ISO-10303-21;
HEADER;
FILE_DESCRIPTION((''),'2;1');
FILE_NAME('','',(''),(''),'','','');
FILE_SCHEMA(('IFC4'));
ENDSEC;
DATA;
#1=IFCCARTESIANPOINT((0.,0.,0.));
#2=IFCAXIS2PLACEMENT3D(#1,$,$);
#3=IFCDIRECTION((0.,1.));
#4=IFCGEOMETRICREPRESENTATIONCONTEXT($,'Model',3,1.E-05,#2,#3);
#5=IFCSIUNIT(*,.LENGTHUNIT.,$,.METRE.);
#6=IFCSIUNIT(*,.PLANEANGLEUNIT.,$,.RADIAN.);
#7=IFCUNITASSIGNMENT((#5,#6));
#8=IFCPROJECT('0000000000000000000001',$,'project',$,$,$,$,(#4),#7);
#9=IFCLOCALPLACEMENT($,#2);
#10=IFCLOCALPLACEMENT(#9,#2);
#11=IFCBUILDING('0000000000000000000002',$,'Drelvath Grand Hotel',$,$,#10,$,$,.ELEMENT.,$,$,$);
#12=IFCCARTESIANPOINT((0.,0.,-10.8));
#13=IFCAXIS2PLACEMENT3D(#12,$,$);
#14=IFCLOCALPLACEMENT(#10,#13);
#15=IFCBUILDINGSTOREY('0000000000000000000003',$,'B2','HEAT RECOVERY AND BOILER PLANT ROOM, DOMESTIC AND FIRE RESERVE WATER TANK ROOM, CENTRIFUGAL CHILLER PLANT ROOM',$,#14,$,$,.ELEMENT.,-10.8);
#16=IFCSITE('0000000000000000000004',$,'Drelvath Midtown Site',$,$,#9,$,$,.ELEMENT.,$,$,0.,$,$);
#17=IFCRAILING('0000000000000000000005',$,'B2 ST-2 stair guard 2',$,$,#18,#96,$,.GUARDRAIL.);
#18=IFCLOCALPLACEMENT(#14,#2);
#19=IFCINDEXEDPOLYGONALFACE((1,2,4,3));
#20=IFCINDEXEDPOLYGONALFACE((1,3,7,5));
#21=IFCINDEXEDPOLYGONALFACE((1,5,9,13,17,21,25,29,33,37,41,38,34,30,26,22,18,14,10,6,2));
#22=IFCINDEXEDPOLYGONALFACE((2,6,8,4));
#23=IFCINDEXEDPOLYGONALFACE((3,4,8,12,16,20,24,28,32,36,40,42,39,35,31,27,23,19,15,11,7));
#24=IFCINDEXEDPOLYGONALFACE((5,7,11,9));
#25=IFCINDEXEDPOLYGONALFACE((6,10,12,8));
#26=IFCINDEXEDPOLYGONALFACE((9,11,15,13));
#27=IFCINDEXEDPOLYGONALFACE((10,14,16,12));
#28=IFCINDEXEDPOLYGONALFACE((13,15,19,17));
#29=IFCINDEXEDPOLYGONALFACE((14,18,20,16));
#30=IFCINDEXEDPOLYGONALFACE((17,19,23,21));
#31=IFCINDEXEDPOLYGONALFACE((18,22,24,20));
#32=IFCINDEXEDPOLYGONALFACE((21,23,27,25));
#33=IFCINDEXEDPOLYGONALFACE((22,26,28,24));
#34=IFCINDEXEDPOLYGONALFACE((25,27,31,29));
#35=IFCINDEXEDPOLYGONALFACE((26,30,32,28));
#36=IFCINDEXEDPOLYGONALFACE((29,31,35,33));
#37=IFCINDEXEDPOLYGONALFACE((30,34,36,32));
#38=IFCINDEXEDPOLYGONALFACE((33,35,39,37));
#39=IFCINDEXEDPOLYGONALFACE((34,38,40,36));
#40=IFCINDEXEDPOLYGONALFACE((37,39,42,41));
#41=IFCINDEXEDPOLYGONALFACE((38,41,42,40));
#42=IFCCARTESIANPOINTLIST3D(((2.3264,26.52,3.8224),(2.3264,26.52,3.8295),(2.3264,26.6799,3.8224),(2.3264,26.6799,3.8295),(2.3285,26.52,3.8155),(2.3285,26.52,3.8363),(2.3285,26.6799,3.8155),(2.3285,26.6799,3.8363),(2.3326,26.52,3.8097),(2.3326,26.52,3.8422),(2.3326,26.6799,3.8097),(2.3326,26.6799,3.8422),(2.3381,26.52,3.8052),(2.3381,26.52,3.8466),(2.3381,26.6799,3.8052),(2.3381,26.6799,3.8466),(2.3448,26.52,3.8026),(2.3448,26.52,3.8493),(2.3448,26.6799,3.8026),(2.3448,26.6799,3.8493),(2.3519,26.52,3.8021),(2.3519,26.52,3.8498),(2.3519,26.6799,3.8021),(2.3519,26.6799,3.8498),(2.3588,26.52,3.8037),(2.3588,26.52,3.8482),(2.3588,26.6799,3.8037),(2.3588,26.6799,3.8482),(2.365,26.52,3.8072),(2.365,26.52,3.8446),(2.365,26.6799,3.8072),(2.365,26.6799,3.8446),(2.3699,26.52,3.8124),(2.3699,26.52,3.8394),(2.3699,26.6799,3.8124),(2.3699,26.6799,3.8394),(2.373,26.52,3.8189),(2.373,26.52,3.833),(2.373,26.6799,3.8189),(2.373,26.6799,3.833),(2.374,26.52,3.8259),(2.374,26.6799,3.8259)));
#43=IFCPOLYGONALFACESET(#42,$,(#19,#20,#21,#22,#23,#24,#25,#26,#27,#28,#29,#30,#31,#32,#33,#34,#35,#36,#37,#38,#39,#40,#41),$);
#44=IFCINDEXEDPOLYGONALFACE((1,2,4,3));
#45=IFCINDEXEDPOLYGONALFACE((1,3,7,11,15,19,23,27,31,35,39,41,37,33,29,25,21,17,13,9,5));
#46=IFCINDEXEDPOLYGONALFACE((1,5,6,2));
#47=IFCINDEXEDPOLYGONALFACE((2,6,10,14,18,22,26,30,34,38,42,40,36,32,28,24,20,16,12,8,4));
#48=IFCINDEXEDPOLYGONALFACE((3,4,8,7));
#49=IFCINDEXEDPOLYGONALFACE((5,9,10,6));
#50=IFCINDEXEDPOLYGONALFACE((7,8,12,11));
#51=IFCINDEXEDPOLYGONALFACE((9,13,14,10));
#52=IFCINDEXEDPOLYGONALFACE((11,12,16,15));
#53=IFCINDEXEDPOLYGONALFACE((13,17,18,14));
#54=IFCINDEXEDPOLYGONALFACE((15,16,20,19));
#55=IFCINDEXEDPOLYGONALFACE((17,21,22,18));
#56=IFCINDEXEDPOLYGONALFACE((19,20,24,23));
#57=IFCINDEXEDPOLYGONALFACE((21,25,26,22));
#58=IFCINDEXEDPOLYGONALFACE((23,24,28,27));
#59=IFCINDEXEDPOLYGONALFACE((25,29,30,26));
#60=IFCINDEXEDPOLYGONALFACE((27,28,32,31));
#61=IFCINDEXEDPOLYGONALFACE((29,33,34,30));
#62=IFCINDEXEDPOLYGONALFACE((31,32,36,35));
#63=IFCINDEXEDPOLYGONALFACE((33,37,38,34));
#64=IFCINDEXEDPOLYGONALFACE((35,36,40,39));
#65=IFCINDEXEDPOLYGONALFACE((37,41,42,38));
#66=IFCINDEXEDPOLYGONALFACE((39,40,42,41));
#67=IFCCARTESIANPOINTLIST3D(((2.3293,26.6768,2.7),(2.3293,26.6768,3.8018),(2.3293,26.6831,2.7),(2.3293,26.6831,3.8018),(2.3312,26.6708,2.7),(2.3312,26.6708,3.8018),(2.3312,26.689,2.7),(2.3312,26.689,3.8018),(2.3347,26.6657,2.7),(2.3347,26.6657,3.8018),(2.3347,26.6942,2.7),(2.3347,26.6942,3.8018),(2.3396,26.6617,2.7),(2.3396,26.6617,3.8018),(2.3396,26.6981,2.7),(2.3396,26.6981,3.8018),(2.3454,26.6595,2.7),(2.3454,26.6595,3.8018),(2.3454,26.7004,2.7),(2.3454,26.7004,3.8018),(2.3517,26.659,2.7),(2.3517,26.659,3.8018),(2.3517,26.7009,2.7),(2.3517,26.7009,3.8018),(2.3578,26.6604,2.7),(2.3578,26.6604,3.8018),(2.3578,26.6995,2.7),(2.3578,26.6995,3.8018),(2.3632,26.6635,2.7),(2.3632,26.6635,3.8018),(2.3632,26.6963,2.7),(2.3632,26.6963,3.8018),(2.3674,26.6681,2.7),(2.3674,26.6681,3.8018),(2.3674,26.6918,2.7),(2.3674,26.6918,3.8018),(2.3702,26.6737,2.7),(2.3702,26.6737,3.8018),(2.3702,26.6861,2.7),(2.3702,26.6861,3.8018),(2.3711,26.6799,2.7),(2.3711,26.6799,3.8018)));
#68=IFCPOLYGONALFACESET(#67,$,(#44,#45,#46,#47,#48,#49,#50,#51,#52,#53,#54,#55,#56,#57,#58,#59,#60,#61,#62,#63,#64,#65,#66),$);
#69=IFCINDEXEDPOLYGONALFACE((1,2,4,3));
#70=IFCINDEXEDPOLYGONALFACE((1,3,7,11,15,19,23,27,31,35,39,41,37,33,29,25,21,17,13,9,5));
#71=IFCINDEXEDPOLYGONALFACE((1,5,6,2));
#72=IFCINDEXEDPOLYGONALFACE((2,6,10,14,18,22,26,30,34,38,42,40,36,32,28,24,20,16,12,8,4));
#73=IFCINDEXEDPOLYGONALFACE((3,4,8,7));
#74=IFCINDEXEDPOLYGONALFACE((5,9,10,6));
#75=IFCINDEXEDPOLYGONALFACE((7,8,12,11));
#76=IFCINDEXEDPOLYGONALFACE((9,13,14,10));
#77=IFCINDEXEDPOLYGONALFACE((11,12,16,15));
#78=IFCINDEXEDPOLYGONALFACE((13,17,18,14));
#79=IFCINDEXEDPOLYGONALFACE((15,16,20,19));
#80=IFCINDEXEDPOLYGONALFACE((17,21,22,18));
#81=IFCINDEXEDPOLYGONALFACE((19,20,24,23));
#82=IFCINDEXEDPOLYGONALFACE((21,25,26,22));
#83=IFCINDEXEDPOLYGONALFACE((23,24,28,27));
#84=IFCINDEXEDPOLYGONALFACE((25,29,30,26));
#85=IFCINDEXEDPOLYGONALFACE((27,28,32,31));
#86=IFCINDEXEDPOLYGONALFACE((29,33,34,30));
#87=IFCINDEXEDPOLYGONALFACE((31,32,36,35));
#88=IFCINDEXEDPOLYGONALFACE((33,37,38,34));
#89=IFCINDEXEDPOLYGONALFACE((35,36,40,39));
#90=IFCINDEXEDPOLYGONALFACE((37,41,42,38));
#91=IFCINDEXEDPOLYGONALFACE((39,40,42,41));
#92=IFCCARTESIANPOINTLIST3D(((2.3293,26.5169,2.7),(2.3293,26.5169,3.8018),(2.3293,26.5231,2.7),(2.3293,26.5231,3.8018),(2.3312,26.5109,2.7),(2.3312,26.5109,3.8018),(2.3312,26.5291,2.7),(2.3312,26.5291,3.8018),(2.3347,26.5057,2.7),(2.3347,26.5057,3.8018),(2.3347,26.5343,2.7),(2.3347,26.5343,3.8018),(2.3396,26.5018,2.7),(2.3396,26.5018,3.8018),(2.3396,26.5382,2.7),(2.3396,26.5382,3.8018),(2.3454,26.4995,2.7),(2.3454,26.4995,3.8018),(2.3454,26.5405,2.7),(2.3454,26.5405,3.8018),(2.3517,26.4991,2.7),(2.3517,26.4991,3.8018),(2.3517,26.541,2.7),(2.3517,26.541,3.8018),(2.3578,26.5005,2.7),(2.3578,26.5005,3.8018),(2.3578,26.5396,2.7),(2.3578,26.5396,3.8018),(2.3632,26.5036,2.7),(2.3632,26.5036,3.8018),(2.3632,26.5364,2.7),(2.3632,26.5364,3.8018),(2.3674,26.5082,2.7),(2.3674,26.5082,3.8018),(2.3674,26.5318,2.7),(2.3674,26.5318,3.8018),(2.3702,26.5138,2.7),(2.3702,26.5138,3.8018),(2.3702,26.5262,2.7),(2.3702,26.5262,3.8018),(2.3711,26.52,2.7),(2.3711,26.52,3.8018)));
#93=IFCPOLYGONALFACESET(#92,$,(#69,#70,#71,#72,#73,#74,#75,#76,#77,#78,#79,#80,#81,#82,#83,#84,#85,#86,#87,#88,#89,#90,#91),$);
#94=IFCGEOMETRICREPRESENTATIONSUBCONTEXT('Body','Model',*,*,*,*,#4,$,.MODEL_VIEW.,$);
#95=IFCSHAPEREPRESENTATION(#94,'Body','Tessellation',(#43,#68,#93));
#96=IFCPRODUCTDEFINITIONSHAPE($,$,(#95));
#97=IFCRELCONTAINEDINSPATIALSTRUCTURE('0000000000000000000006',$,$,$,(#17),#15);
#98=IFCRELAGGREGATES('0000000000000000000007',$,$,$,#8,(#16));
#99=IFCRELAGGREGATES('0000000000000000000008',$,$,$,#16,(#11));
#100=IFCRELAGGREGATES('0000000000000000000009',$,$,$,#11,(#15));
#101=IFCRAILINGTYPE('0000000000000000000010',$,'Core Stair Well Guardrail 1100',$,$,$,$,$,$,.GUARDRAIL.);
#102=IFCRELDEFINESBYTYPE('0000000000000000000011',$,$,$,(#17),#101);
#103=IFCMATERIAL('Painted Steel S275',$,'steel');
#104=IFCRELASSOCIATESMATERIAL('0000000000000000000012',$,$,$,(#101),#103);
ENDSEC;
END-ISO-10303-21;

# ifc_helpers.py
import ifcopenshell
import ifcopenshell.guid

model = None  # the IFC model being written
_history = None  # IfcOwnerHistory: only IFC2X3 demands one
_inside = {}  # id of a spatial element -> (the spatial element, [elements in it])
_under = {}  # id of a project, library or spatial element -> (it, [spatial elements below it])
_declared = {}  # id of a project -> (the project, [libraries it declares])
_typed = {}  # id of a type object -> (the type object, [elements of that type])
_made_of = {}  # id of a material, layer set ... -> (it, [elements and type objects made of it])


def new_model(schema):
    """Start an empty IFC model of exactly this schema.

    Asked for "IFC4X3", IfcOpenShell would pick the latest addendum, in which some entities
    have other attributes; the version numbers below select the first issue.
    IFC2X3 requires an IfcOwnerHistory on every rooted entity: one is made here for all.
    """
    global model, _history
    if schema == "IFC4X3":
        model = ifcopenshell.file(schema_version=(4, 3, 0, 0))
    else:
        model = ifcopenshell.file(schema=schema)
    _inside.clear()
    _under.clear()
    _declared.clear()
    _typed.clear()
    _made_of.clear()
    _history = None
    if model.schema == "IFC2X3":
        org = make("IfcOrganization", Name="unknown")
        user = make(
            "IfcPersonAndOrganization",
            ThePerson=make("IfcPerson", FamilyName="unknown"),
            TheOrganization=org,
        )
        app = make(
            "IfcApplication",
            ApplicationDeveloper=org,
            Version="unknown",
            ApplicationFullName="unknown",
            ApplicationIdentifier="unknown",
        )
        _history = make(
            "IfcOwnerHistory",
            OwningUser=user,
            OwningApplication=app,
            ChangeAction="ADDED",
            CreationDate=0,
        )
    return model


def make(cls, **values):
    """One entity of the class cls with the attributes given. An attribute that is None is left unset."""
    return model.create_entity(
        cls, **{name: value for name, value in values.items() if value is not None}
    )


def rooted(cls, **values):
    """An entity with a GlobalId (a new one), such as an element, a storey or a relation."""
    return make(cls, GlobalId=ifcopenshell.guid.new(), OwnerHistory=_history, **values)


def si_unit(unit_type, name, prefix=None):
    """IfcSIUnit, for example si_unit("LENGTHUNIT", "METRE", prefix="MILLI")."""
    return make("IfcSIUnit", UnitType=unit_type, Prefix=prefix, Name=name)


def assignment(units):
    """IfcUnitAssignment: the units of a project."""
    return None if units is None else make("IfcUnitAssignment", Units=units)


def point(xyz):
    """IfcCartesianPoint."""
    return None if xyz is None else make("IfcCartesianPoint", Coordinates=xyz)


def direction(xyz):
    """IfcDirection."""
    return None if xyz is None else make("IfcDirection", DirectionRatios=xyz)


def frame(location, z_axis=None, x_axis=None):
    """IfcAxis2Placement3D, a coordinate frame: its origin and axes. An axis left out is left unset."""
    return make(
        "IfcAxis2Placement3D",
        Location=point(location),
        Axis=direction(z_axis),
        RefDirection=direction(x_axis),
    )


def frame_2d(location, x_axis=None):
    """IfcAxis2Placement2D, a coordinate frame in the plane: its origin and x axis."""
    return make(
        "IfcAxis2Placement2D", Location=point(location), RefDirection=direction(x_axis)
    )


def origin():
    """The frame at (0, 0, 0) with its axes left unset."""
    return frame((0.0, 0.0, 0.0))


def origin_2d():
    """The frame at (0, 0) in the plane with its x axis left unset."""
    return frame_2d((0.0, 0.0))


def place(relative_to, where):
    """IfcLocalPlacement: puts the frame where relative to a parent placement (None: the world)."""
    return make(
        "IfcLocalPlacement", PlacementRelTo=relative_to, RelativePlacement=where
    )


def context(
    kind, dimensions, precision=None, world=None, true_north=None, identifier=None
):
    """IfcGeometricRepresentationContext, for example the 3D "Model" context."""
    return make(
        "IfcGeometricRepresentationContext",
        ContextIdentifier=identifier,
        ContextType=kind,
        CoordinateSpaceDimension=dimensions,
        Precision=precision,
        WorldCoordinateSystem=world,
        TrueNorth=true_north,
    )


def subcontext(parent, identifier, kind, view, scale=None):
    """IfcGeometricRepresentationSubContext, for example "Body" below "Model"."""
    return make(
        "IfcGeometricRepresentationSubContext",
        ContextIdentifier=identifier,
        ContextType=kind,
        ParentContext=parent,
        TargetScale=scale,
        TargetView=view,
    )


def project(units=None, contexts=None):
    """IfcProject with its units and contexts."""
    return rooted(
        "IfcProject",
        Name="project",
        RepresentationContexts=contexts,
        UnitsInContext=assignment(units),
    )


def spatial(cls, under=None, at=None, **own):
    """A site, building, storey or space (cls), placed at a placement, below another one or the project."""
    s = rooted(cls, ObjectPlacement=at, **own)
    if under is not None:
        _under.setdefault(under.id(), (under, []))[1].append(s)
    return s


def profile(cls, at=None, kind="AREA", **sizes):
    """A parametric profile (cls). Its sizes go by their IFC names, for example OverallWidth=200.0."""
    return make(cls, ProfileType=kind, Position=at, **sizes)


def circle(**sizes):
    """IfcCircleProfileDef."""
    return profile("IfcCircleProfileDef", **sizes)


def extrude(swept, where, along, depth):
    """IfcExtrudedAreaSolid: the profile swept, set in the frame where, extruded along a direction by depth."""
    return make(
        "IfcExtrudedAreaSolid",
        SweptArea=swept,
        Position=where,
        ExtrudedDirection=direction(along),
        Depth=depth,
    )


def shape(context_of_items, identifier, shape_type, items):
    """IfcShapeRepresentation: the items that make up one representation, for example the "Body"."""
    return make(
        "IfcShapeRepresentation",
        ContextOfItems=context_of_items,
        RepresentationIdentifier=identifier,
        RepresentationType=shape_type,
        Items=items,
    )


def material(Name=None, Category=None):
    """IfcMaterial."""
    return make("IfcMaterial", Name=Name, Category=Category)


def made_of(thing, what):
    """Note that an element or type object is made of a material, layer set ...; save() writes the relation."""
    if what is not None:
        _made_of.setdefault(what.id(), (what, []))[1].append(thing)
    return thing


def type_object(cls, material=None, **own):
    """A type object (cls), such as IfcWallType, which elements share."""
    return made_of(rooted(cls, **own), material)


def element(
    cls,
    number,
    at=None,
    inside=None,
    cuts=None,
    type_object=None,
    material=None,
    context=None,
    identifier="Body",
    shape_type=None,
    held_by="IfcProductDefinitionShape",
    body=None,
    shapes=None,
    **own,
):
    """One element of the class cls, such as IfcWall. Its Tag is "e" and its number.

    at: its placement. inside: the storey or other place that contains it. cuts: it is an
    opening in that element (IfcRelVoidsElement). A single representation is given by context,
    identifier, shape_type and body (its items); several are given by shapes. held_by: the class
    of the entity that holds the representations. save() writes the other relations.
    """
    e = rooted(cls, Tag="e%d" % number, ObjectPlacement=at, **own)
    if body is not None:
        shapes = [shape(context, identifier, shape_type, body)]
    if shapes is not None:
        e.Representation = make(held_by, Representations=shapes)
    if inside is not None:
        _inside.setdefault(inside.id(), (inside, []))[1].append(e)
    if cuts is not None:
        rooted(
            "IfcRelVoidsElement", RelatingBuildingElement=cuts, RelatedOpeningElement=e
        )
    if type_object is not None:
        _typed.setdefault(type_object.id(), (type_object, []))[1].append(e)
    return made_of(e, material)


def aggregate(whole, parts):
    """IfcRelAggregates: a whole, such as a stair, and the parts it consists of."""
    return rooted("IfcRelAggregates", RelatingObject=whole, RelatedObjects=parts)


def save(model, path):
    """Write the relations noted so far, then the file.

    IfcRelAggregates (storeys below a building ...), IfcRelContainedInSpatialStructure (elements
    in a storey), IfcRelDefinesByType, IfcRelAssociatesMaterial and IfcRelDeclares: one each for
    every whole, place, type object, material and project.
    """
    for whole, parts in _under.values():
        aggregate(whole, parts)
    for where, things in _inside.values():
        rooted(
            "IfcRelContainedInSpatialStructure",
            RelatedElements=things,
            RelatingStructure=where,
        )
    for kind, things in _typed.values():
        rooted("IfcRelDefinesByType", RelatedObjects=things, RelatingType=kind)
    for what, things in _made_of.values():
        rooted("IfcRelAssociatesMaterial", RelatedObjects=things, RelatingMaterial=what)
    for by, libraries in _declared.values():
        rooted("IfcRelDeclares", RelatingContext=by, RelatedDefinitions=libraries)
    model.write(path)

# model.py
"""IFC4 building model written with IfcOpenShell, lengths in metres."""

from ifc_helpers import new_model, si_unit, direction, frame, origin, origin_2d, place, context, subcontext, project, spatial, circle, extrude, material, type_object, element, save


model = new_model("IFC4")

# Units and contexts
model_context = context("Model", 3, precision=1e-05, world=origin(), true_north=direction((0.0, 1.0)))
body_context = subcontext(model_context, "Body", "Model", "MODEL_VIEW")
ifc_project = project(units=[si_unit("LENGTHUNIT", "METRE"), si_unit("PLANEANGLEUNIT", "RADIAN")], contexts=[model_context])

# Site, building, storey
site_placement = place(None, origin())
site = spatial("IfcSite", under=ifc_project, at=site_placement, Name="Drelvath Midtown Site", CompositionType="ELEMENT", RefElevation=0.0)
building_placement = place(site_placement, origin())
building = spatial("IfcBuilding", under=site, at=building_placement, Name="Drelvath Grand Hotel", CompositionType="ELEMENT")
storey_placement = place(building_placement, frame((0.0, 0.0, -10.8)))
storey = spatial("IfcBuildingStorey", under=building, at=storey_placement, Name="B2", Description="HEAT RECOVERY AND BOILER PLANT ROOM, DOMESTIC AND FIRE RESERVE WATER TANK ROOM, CENTRIFUGAL CHILLER PLANT ROOM", CompositionType="ELEMENT", Elevation=-10.8)

# Shared definitions
ifc_material_1 = material(Name="Painted Steel S275", Category="steel")

# Railing
railing_type_1 = type_object("IfcRailingType", Name="Core Stair Well Guardrail 1100", PredefinedType="GUARDRAIL", material=ifc_material_1)
railing_1_placement = place(storey_placement, frame((2.3501, 26.6799, 2.7)))
element("IfcRailing", 1, at=railing_1_placement, inside=storey, type_object=railing_type_1, Name="B2 ST-2 stair guard 2", PredefinedType="GUARDRAIL", context=body_context, shape_type="SweptSolid", body=[
    extrude(circle(Radius=0.0239, at=origin_2d()), frame((0.0, 0.0, 1.126), z_axis=(0.0, -1.0, 0.0), x_axis=(1.0, 0.0, 0.0)), (0.0, 0.0, 1.0), 0.1599),
    extrude(circle(Radius=0.021, at=origin_2d()), origin(), (0.0, 0.0, 1.0), 1.1018),
    extrude(circle(Radius=0.021, at=origin_2d()), frame((0.0, -0.1599, 0.0)), (0.0, 0.0, 1.0), 1.1018),
])

save(model, "model.ifc")
